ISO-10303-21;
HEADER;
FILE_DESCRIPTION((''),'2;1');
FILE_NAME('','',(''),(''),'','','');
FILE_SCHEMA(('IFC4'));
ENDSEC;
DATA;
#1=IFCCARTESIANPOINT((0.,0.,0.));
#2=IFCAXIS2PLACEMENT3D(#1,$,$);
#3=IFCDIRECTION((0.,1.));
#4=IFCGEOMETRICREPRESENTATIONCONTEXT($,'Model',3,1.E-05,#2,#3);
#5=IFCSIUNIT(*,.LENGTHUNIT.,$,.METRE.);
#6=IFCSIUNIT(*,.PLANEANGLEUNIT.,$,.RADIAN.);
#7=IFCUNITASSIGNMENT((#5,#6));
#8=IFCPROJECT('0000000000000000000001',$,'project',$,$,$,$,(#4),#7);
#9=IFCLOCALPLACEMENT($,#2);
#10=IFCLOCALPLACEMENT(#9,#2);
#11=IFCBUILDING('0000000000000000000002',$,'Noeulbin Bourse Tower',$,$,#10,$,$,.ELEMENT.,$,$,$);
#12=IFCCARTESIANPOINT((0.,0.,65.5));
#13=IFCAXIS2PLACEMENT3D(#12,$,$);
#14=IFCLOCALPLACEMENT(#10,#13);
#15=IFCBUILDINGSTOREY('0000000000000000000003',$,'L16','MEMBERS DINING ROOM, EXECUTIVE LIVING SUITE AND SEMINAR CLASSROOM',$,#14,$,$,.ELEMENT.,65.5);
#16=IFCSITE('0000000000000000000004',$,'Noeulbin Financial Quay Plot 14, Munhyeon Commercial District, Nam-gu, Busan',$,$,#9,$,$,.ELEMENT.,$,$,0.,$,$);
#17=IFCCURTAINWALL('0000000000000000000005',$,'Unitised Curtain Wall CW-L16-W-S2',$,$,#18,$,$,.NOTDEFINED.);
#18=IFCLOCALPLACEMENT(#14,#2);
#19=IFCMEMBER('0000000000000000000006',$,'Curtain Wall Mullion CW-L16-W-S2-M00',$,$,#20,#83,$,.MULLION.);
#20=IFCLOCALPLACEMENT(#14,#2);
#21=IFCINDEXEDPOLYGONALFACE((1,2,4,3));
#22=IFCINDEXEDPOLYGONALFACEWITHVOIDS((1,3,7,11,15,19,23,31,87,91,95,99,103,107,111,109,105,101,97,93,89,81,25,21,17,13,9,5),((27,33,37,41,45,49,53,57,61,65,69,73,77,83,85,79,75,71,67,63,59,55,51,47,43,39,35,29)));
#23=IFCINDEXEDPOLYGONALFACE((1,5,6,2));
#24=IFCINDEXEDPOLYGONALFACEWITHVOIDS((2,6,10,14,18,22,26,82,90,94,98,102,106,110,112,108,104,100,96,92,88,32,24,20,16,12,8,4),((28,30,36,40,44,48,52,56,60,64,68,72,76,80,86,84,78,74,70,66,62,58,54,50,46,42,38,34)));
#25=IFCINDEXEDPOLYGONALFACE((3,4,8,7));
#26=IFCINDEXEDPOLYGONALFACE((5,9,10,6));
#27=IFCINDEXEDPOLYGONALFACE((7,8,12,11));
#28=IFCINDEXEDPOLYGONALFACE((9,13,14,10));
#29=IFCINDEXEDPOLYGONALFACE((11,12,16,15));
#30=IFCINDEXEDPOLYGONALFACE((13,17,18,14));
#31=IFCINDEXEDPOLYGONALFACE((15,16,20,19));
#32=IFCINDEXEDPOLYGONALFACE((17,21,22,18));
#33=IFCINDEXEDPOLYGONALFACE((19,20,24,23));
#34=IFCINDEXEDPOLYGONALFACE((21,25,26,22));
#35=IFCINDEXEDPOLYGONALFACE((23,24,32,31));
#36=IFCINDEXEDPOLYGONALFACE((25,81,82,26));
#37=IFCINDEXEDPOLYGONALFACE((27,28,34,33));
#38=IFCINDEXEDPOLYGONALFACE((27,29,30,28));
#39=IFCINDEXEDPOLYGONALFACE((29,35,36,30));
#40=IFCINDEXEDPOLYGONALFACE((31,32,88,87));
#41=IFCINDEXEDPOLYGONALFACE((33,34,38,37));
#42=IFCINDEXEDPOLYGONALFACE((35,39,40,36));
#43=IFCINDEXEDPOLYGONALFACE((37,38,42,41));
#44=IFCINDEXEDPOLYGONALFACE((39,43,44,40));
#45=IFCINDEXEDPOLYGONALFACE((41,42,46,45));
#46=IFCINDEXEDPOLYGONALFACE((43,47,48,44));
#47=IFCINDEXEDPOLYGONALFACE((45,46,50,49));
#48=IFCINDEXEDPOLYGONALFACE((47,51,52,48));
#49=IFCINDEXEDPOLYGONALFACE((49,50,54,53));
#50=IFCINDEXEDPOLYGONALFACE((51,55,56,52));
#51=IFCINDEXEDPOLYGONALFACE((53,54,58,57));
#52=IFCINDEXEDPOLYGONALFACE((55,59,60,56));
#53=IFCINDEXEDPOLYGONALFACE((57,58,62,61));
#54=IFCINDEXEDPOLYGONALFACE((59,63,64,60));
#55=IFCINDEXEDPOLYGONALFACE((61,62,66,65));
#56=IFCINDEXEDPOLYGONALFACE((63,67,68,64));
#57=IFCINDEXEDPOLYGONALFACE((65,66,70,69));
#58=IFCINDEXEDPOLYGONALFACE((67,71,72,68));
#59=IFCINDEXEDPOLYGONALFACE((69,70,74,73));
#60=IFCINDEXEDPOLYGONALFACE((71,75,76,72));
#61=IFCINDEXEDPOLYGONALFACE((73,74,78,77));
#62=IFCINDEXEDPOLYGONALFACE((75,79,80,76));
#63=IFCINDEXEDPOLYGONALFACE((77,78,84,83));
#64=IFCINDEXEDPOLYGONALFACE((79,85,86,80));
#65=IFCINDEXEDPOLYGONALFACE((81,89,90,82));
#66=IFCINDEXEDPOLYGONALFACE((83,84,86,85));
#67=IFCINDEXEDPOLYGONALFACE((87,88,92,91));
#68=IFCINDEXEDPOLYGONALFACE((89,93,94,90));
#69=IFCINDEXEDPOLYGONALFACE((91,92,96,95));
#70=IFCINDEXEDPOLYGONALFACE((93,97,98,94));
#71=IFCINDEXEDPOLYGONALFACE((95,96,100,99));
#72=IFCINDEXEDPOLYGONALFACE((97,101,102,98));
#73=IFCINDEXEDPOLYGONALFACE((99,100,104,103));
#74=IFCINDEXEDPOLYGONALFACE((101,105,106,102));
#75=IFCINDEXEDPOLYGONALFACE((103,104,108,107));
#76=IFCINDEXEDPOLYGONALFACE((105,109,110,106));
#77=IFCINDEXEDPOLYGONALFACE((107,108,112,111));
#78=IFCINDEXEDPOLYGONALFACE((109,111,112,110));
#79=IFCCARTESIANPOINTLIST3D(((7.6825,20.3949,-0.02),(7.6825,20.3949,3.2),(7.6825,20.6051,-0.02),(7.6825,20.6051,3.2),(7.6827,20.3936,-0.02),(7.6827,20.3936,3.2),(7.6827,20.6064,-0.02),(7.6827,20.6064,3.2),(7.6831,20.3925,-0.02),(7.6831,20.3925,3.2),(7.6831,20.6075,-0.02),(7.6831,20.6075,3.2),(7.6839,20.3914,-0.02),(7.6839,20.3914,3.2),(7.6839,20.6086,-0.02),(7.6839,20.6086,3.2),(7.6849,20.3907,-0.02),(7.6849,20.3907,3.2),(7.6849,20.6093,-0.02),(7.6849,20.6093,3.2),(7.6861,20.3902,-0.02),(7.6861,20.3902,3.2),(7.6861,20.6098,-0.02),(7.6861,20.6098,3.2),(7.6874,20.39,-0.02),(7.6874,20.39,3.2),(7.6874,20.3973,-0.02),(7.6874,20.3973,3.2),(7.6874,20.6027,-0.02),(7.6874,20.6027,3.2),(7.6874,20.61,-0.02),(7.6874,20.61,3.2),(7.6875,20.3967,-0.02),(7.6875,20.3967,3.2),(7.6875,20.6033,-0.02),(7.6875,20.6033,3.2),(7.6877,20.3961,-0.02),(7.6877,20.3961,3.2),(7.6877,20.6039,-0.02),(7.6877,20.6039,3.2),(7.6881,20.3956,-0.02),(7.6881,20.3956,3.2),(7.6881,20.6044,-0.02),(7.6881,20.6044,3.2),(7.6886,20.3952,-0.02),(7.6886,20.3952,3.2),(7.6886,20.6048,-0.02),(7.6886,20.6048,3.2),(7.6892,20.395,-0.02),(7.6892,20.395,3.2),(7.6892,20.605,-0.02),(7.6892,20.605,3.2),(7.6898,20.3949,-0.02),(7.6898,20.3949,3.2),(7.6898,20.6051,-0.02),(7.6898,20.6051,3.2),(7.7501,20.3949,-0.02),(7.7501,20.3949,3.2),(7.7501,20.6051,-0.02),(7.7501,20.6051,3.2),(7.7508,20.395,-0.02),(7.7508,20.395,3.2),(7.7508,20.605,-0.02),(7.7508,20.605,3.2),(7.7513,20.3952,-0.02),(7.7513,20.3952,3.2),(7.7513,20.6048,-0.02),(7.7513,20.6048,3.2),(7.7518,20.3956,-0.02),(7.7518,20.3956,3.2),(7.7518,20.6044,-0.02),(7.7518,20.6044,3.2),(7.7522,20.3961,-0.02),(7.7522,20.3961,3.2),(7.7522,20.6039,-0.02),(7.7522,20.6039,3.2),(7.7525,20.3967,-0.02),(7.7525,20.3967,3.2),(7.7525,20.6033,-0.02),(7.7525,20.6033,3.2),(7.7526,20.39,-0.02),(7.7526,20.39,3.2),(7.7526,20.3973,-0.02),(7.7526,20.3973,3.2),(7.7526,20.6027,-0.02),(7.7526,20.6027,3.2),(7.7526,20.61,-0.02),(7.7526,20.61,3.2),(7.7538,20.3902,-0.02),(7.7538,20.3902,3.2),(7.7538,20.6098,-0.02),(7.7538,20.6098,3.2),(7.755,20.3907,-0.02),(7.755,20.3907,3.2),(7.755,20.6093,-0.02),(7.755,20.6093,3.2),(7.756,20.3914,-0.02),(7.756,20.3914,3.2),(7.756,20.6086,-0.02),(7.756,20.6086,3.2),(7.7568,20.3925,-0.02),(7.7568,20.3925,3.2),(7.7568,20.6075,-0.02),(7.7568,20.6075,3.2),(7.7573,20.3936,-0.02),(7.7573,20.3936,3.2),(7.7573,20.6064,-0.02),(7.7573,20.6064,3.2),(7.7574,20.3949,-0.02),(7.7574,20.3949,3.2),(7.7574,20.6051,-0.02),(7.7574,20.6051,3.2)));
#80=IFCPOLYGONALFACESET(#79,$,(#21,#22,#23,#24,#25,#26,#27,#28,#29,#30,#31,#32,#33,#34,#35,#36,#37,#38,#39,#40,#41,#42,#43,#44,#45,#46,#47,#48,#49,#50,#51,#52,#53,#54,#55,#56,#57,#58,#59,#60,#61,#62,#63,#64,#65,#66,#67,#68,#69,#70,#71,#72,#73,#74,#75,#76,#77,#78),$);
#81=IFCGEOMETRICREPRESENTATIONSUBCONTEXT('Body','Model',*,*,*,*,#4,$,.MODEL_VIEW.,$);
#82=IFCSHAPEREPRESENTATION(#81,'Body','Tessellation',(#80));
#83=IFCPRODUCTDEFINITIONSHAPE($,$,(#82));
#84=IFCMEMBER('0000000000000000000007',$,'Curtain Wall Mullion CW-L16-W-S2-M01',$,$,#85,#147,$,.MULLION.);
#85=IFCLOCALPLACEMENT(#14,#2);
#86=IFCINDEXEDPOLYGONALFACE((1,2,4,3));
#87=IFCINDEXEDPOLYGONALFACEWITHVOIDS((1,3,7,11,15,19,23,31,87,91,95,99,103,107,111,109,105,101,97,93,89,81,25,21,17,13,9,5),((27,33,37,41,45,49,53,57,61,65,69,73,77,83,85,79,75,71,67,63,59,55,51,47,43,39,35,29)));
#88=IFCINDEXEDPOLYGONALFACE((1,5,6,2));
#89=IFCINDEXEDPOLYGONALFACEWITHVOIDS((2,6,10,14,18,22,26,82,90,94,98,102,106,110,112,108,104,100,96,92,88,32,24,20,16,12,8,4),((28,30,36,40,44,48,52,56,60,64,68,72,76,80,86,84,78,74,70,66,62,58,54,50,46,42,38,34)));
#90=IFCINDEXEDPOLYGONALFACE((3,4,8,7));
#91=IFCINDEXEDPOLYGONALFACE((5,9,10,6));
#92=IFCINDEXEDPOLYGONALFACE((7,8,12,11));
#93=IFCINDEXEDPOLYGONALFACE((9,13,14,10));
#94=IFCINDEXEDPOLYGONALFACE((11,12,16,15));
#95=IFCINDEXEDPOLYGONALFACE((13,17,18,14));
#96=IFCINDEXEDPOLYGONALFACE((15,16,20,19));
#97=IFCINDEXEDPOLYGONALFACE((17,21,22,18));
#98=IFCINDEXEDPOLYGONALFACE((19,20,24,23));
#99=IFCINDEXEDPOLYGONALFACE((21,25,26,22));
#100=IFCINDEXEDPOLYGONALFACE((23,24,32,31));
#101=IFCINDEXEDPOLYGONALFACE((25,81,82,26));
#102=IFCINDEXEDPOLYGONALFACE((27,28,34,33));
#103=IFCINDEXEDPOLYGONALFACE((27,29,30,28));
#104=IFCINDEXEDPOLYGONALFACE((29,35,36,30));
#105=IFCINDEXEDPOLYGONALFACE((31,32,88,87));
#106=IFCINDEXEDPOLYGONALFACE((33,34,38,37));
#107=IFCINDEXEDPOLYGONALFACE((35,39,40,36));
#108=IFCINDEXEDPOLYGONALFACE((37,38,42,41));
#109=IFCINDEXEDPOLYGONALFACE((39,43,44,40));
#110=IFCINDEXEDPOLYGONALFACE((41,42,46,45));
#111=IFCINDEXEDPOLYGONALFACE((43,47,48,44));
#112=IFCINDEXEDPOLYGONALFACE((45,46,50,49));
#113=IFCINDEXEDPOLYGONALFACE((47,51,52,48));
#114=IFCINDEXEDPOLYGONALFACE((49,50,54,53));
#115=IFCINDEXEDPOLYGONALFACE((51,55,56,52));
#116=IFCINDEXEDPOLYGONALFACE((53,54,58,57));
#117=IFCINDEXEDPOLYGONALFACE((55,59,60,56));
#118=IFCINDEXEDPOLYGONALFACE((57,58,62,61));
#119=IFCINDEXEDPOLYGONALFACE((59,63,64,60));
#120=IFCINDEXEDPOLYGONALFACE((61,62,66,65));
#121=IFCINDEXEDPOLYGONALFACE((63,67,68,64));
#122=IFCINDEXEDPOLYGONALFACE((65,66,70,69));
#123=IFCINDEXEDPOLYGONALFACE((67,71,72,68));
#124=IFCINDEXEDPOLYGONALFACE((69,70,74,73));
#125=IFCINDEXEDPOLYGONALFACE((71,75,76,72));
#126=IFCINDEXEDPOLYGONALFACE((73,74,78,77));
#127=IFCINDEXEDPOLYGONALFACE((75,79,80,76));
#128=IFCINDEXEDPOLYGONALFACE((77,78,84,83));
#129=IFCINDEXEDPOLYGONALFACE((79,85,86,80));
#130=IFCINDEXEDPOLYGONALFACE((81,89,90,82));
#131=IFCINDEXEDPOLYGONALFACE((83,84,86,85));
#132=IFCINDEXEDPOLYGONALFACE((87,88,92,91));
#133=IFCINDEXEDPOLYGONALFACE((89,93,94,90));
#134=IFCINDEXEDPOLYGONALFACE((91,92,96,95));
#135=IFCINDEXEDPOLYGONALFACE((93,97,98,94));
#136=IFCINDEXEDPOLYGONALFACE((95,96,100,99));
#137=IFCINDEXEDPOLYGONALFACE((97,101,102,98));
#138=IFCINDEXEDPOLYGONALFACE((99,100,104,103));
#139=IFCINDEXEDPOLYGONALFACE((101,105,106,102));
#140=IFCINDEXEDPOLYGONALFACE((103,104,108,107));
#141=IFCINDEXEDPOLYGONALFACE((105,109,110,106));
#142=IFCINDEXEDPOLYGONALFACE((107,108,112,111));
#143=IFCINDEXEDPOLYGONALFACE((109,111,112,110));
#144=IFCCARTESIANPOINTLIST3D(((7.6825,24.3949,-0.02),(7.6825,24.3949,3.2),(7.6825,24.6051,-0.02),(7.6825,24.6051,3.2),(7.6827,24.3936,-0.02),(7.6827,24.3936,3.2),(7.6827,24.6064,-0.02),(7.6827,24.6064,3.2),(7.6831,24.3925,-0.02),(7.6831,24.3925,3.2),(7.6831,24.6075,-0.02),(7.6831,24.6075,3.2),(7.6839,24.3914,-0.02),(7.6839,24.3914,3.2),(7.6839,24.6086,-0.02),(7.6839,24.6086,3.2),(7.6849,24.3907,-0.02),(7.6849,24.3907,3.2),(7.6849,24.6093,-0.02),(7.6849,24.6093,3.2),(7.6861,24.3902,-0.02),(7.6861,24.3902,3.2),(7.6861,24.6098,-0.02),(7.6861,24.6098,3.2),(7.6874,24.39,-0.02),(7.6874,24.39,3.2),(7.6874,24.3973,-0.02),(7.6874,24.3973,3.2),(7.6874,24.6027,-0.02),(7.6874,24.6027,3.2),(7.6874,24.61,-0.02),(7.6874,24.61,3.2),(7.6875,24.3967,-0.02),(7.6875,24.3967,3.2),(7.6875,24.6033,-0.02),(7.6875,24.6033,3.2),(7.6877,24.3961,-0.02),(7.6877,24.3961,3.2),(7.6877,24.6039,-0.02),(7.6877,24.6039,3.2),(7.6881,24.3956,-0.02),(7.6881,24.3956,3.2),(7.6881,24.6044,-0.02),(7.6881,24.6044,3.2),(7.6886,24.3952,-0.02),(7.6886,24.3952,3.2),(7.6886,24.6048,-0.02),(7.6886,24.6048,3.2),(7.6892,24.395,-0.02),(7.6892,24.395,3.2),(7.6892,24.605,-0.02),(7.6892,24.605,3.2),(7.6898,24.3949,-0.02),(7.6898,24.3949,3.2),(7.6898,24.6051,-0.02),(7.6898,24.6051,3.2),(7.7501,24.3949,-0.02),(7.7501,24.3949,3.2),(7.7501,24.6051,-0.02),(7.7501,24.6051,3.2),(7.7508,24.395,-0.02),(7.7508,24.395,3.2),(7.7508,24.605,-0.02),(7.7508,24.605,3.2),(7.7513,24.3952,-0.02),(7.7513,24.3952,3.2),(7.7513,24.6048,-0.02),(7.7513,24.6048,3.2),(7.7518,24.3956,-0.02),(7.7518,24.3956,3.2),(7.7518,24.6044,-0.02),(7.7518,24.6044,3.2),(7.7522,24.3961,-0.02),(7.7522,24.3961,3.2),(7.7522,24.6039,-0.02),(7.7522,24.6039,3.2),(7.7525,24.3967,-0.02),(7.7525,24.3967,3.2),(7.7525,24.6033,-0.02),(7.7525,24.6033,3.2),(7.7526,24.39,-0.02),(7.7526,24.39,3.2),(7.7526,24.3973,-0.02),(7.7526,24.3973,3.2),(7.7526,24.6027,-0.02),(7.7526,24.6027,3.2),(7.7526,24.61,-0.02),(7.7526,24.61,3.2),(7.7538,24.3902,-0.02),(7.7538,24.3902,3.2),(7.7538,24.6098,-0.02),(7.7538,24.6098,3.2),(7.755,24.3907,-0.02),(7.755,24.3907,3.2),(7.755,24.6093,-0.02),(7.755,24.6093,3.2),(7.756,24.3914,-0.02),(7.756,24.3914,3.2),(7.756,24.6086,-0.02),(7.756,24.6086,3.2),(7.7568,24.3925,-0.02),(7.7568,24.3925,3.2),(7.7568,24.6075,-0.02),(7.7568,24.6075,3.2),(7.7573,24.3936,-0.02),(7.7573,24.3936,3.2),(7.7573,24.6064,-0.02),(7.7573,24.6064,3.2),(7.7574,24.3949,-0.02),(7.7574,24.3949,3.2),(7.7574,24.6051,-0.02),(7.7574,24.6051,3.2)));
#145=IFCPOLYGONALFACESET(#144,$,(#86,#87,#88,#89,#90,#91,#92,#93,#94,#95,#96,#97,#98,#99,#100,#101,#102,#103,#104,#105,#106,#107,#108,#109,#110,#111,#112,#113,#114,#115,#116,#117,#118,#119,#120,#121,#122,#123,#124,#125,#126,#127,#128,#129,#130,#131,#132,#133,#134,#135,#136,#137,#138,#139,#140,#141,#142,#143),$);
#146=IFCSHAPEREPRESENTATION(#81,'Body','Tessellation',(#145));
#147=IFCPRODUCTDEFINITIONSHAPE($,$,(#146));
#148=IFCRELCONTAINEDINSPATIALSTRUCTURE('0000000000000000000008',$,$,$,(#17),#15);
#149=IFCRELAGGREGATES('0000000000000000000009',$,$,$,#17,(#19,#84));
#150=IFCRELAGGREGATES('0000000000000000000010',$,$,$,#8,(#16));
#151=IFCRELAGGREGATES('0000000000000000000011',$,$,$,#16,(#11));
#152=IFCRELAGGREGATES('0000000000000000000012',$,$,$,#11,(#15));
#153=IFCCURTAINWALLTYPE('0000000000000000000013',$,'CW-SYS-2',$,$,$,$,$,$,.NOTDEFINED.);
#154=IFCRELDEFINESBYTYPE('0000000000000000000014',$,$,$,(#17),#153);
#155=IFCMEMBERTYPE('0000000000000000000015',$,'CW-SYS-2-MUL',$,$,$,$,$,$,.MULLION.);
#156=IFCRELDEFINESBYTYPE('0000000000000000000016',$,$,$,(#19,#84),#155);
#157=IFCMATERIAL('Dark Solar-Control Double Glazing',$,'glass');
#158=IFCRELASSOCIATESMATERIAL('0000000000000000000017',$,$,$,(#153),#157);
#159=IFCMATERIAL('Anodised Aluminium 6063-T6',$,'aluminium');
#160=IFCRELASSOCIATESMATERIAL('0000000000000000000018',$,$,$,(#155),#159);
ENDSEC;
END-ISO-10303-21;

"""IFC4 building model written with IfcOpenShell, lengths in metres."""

from ifc_helpers import new_model, si_unit, direction, frame, origin, origin_2d, place, context, subcontext, project, spatial, hollow_rectangle, extrude, material, material_profile, profile_set, type_object, element, aggregate, save


model = new_model("IFC4")

# Units and contexts
model_context = context("Model", 3, precision=1e-05, world=origin(), true_north=direction((0.0, 1.0)))
body_context = subcontext(model_context, "Body", "Model", "MODEL_VIEW")
ifc_project = project(units=[si_unit("LENGTHUNIT", "METRE"), si_unit("PLANEANGLEUNIT", "RADIAN")], contexts=[model_context])

# Site, building, storey
site_placement = place(None, origin())
site = spatial("IfcSite", under=ifc_project, at=site_placement, Name="Noeulbin Financial Quay Plot 14, Munhyeon Commercial District, Nam-gu, Busan", CompositionType="ELEMENT", RefElevation=0.0)
building_placement = place(site_placement, origin())
building = spatial("IfcBuilding", under=site, at=building_placement, Name="Noeulbin Bourse Tower", CompositionType="ELEMENT")
storey_placement = place(building_placement, frame((0.0, 0.0, 65.5)))
storey = spatial("IfcBuildingStorey", under=building, at=storey_placement, Name="L16", Description="MEMBERS DINING ROOM, EXECUTIVE LIVING SUITE AND SEMINAR CLASSROOM", CompositionType="ELEMENT", Elevation=65.5)

# Curtain wall, members
ifc_material_1 = material(Name="Dark Solar-Control Double Glazing", Category="glass")
curtain_wall_type = type_object("IfcCurtainWallType", Name="CW-SYS-2", PredefinedType="NOTDEFINED", material=ifc_material_1)
curtain_wall_placement = place(storey_placement, origin())
curtain_wall = element("IfcCurtainWall", 1, at=curtain_wall_placement, inside=storey, type_object=curtain_wall_type, Name="Unitised Curtain Wall CW-L16-W-S2", PredefinedType="NOTDEFINED")
ifc_material_2 = material(Name="Anodised Aluminium 6063-T6", Category="aluminium")
ifc_material_profile_1 = material_profile(ifc_material_2, hollow_rectangle(XDim=0.075, YDim=0.22, WallThickness=0.0049, InnerFilletRadius=0.0024, OuterFilletRadius=0.0049, at=origin_2d()), Name="ALU-MULL-75x220x5", Category="LoadBearing")
ifc_profile_set_1 = profile_set([ifc_material_profile_1], Name="Anodised Aluminium 6063-T6")
member_type_1 = type_object("IfcMemberType", Name="CW-SYS-2-MUL", PredefinedType="MULLION", material=ifc_profile_set_1)
member_1_placement = place(storey_placement, frame((7.72, 20.5, -0.02), z_axis=(0.0, 0.0, 1.0), x_axis=(1.0, 0.0, 0.0)))
member_1 = element("IfcMember", 2, at=member_1_placement, type_object=member_type_1, Name="Curtain Wall Mullion CW-L16-W-S2-M00", PredefinedType="MULLION", context=body_context, shape_type="SweptSolid", body=[
    extrude(hollow_rectangle(XDim=0.075, YDim=0.22, WallThickness=0.0049, InnerFilletRadius=0.0024, OuterFilletRadius=0.0049, at=origin_2d()), origin(), (0.0, 0.0, 1.0), 3.22),
])
member_2_placement = place(storey_placement, frame((7.72, 24.5, -0.02), z_axis=(0.0, 0.0, 1.0), x_axis=(1.0, 0.0, 0.0)))
member_2 = element("IfcMember", 3, at=member_2_placement, type_object=member_type_1, Name="Curtain Wall Mullion CW-L16-W-S2-M01", PredefinedType="MULLION", context=body_context, shape_type="SweptSolid", body=[
    extrude(hollow_rectangle(XDim=0.075, YDim=0.22, WallThickness=0.0049, InnerFilletRadius=0.0024, OuterFilletRadius=0.0049, at=origin_2d()), origin(), (0.0, 0.0, 1.0), 3.22),
])
aggregate(curtain_wall, [member_1, member_2])

save(model, "model.ifc")
